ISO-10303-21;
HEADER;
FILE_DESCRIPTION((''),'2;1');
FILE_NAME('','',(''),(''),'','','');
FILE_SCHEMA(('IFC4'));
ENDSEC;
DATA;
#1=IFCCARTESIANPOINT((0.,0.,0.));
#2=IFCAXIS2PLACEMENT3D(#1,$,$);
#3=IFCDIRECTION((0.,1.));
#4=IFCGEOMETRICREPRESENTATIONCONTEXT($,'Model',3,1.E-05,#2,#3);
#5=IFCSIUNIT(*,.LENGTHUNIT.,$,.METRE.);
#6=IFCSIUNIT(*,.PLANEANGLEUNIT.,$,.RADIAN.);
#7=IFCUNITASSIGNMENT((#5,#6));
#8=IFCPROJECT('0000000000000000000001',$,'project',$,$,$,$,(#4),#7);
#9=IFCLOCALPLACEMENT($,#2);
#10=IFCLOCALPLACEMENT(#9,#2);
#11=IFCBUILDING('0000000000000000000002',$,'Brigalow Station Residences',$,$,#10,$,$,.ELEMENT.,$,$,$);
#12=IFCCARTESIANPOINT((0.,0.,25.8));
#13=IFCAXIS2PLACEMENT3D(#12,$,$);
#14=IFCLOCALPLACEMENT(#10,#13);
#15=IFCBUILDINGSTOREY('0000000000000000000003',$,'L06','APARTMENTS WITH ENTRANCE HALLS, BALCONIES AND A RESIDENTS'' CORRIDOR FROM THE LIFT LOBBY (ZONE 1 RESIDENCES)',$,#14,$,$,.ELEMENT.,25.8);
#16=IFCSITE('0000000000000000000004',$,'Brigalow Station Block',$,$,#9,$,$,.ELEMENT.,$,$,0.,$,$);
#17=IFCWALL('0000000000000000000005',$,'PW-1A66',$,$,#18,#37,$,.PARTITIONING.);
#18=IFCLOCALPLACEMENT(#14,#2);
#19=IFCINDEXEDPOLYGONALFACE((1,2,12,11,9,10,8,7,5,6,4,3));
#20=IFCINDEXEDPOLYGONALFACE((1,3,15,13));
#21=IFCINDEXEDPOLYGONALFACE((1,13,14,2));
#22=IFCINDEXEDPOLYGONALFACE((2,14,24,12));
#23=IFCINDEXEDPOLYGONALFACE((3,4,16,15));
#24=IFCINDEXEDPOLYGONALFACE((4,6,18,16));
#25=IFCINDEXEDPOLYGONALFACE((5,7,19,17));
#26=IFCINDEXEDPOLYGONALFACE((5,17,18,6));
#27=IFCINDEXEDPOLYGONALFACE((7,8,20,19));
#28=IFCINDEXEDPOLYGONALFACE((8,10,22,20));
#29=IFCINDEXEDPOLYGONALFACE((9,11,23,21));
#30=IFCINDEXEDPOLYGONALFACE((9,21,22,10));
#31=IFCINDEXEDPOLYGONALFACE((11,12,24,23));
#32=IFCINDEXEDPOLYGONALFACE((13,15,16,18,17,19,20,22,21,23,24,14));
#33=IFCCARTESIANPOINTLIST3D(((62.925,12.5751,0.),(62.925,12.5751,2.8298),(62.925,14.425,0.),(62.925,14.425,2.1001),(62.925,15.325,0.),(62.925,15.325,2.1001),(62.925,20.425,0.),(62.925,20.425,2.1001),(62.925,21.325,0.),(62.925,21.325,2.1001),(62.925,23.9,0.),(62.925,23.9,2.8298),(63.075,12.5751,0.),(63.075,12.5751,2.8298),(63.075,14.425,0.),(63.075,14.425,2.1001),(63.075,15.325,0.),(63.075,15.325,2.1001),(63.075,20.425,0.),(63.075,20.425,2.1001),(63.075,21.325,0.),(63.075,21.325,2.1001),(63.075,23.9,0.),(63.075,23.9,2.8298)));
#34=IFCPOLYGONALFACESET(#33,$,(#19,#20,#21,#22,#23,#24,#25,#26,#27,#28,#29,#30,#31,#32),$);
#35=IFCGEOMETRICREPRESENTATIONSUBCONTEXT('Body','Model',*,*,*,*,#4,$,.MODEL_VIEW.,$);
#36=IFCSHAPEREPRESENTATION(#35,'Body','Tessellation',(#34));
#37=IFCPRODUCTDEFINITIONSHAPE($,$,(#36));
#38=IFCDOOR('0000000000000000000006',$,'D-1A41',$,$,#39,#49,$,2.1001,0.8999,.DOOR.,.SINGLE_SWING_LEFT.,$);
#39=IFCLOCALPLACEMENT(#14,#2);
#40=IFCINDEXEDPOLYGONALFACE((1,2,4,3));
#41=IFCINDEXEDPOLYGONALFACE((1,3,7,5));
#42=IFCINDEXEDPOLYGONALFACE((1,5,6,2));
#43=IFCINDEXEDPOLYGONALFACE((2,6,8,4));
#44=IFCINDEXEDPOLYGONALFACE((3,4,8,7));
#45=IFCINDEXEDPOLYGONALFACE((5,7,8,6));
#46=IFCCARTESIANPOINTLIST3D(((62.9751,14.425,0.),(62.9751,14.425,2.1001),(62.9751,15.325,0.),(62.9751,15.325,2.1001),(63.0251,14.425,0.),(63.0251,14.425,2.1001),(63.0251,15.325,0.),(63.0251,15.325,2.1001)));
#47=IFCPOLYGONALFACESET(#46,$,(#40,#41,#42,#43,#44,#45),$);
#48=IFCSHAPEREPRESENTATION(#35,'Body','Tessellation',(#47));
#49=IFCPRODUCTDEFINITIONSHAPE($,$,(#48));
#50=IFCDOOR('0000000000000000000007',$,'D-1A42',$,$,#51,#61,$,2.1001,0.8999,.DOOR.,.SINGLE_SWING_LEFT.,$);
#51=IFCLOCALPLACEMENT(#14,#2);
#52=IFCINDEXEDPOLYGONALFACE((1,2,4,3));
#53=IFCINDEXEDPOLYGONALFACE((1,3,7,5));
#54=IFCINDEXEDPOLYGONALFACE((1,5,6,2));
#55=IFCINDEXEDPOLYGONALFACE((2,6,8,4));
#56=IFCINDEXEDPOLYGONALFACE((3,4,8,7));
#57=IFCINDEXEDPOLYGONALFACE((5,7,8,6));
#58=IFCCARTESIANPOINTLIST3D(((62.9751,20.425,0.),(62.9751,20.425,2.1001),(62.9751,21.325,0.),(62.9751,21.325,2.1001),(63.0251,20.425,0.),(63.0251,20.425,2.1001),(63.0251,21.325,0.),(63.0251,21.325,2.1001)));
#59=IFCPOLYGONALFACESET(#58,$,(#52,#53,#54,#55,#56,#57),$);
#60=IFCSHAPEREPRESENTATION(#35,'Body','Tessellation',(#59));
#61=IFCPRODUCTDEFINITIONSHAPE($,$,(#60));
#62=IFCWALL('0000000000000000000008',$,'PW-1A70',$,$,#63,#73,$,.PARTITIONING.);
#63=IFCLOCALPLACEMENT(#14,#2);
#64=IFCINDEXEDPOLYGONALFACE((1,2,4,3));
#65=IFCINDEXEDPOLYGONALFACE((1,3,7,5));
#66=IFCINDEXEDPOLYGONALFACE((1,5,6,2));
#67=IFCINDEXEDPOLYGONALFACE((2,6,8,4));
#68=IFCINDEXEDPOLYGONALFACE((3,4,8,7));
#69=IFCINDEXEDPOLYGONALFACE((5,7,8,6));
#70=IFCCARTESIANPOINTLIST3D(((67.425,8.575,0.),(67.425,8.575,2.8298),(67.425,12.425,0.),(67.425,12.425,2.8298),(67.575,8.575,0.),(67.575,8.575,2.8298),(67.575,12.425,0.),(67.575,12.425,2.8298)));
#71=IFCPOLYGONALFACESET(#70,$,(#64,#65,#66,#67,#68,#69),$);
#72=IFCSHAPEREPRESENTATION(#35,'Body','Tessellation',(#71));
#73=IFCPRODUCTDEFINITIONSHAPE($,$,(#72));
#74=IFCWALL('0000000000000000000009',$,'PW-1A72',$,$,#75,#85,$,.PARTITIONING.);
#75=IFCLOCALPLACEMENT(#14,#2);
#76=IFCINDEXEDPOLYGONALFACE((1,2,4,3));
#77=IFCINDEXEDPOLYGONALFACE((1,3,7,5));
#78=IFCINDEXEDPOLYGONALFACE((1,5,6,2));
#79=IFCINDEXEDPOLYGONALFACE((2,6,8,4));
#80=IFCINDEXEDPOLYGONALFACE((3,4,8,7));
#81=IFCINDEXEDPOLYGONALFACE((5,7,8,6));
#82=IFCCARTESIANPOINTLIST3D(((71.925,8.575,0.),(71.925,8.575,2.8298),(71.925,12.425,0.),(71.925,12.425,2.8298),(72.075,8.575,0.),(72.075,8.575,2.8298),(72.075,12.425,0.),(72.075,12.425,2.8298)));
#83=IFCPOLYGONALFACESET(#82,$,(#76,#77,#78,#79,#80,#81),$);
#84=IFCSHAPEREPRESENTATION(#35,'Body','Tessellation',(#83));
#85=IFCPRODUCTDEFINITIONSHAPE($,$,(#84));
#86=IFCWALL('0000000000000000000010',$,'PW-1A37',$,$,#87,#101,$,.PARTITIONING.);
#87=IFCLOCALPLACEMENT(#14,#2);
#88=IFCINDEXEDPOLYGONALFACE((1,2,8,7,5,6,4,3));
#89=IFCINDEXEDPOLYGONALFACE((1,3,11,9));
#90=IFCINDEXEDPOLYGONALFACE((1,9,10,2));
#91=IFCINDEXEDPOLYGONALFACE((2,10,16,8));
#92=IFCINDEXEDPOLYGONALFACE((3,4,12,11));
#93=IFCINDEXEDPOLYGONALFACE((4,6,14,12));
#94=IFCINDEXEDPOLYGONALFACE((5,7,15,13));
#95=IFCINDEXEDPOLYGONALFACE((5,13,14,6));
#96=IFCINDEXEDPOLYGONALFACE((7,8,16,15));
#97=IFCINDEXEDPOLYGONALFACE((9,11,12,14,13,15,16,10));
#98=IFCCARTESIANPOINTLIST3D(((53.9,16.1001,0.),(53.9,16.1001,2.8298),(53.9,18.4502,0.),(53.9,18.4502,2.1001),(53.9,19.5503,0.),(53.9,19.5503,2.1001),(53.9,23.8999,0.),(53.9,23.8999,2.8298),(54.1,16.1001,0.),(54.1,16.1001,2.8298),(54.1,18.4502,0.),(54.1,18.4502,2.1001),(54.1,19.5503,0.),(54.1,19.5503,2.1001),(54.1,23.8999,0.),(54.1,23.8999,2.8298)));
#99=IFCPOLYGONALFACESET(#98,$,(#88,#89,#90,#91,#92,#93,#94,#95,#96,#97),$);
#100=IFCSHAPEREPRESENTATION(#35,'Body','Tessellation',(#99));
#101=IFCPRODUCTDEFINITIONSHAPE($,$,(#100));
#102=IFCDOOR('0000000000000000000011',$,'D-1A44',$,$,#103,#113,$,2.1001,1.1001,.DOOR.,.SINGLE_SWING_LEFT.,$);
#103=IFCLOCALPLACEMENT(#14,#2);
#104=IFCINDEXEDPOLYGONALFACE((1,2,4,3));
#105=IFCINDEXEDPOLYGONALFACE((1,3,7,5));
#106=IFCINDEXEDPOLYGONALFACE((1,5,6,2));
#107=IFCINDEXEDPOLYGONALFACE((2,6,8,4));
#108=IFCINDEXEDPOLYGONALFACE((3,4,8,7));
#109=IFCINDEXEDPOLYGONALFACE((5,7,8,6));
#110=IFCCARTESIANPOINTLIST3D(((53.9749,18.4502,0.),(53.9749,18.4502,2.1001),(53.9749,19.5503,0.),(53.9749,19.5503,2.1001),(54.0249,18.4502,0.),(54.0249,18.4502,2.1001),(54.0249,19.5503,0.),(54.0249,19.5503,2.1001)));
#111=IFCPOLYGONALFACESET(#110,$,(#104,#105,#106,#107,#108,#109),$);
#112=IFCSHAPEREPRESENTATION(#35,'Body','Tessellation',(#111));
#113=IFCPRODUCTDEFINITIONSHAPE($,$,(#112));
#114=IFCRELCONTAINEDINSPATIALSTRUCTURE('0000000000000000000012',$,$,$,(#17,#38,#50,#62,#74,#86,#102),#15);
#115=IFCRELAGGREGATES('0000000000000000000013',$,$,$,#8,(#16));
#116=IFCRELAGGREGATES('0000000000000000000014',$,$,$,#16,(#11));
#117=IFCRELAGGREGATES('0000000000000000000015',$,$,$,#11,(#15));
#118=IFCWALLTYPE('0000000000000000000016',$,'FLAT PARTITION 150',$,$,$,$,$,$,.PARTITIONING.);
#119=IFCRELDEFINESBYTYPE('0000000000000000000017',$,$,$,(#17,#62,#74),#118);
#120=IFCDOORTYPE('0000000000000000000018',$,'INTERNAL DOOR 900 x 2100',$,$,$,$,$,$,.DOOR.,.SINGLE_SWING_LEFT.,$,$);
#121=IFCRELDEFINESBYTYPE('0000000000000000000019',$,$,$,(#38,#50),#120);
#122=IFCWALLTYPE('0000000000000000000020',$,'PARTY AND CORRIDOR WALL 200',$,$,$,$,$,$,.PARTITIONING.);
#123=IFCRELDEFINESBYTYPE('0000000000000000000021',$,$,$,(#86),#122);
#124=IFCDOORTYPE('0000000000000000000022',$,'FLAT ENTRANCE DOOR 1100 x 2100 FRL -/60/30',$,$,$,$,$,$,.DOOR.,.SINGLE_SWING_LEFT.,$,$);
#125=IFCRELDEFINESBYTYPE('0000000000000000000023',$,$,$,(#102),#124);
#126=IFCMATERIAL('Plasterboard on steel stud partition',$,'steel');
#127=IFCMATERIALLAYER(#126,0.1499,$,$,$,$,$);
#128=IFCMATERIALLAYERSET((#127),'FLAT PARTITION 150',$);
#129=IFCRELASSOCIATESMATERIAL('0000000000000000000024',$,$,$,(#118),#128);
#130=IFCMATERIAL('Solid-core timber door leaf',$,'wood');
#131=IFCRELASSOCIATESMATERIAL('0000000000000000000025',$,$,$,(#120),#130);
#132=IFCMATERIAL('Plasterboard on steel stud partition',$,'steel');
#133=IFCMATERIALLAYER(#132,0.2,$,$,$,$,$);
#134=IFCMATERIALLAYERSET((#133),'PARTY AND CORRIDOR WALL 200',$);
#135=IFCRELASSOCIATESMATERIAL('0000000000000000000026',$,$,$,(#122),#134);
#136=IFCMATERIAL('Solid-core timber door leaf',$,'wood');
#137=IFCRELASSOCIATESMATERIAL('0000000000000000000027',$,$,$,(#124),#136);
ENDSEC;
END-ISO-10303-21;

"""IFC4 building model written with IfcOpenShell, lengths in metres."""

from ifc_helpers import new_model, si_unit, direction, frame, frame_2d, origin, place, context, subcontext, project, spatial, rectangle, extrude, material, layer, layer_set, type_object, element, fill, save


model = new_model("IFC4")

# Units and contexts
model_context = context("Model", 3, precision=1e-05, world=origin(), true_north=direction((0.0, 1.0)))
body_context = subcontext(model_context, "Body", "Model", "MODEL_VIEW")
ifc_project = project(units=[si_unit("LENGTHUNIT", "METRE"), si_unit("PLANEANGLEUNIT", "RADIAN")], contexts=[model_context])

# Site, building, storey
site_placement = place(None, origin())
site = spatial("IfcSite", under=ifc_project, at=site_placement, Name="Brigalow Station Block", CompositionType="ELEMENT", RefElevation=0.0)
building_placement = place(site_placement, origin())
building = spatial("IfcBuilding", under=site, at=building_placement, Name="Brigalow Station Residences", CompositionType="ELEMENT")
storey_placement = place(building_placement, frame((0.0, 0.0, 25.8)))
storey = spatial("IfcBuildingStorey", under=building, at=storey_placement, Name="L06", Description="APARTMENTS WITH ENTRANCE HALLS, BALCONIES AND A RESIDENTS' CORRIDOR FROM THE LIFT LOBBY (ZONE 1 RESIDENCES)", CompositionType="ELEMENT", Elevation=25.8)

# Shared definitions
ifc_material_1 = material(Name="Plasterboard on steel stud partition", Category="steel")
ifc_layer_1 = layer(ifc_material_1, 0.1499)
ifc_layer_set_1 = layer_set([ifc_layer_1], Name="FLAT PARTITION 150")
wall_type_1 = type_object("IfcWallType", Name="FLAT PARTITION 150", PredefinedType="PARTITIONING", material=ifc_layer_set_1)

# Shared definitions
ifc_material_2 = material(Name="Solid-core timber door leaf", Category="wood")
door_type_1 = type_object("IfcDoorType", Name="INTERNAL DOOR 900 x 2100", OperationType="SINGLE_SWING_LEFT", PredefinedType="DOOR", material=ifc_material_2)

# Wall, openings, doors
wall_1_placement = place(storey_placement, frame((63.0, 12.575, 0.0), z_axis=(0.0, 0.0, 1.0), x_axis=(0.0, 1.0, 0.0)))
wall_1 = element("IfcWall", 1, at=wall_1_placement, inside=storey, type_object=wall_type_1, Name="PW-1A66", PredefinedType="PARTITIONING", context=body_context, shape_type="SweptSolid", body=[
    extrude(rectangle(XDim=11.325, YDim=0.1499, at=frame_2d((5.6626, 0.0))), origin(), (0.0, 0.0, 1.0), 2.8298),
])
opening_1_placement = place(wall_1_placement, frame((1.8501, 0.0, 0.0)))
opening_1 = element("IfcOpeningElement", 2, at=opening_1_placement, cuts=wall_1, PredefinedType="OPENING", context=body_context, shape_type="SweptSolid", body=[
    extrude(rectangle(XDim=0.8999, YDim=2.1001, at=frame_2d((0.45, 1.05))), frame((0.0, 0.085, 0.0), z_axis=(0.0, -1.0, 0.0), x_axis=(1.0, 0.0, 0.0)), (0.0, 0.0, 1.0), 0.1699),
])
opening_2_placement = place(wall_1_placement, frame((7.8501, 0.0, 0.0)))
opening_2 = element("IfcOpeningElement", 3, at=opening_2_placement, cuts=wall_1, PredefinedType="OPENING", context=body_context, shape_type="SweptSolid", body=[
    extrude(rectangle(XDim=0.8999, YDim=2.1001, at=frame_2d((0.45, 1.05))), frame((0.0, 0.085, 0.0), z_axis=(0.0, -1.0, 0.0), x_axis=(1.0, 0.0, 0.0)), (0.0, 0.0, 1.0), 0.1699),
])
door_1_placement = place(opening_1_placement, origin())
door_1 = element("IfcDoor", 4, at=door_1_placement, inside=storey, type_object=door_type_1, Name="D-1A41", OperationType="SINGLE_SWING_LEFT", OverallHeight=2.1001, OverallWidth=0.8999, PredefinedType="DOOR", context=body_context, shape_type="SweptSolid", body=[
    extrude(rectangle(XDim=0.8999, YDim=2.1001, at=frame_2d((0.45, 1.05))), frame((0.0, 0.0249, 0.0), z_axis=(0.0, -1.0, 0.0), x_axis=(1.0, 0.0, 0.0)), (0.0, 0.0, 1.0), 0.05),
])
fill(opening_1, door_1)
door_2_placement = place(opening_2_placement, origin())
door_2 = element("IfcDoor", 5, at=door_2_placement, inside=storey, type_object=door_type_1, Name="D-1A42", OperationType="SINGLE_SWING_LEFT", OverallHeight=2.1001, OverallWidth=0.8999, PredefinedType="DOOR", context=body_context, shape_type="SweptSolid", body=[
    extrude(rectangle(XDim=0.8999, YDim=2.1001, at=frame_2d((0.45, 1.05))), frame((0.0, 0.0249, 0.0), z_axis=(0.0, -1.0, 0.0), x_axis=(1.0, 0.0, 0.0)), (0.0, 0.0, 1.0), 0.05),
])
fill(opening_2, door_2)

# Walls
for number, where, z_axis, x_axis, name in (
    (6, (67.5, 8.575, 0.0), (0.0, 0.0, 1.0), (0.0, 1.0, 0.0), "PW-1A70"),
    (7, (72.0, 8.575, 0.0), (0.0, 0.0, 1.0), (0.0, 1.0, 0.0), "PW-1A72"),
):
    element("IfcWall", number, at=place(storey_placement, frame(where, z_axis=z_axis, x_axis=x_axis)), inside=storey, type_object=wall_type_1, Name=name, PredefinedType="PARTITIONING", context=body_context, shape_type="SweptSolid", body=[
        extrude(rectangle(XDim=3.8501, YDim=0.1499, at=frame_2d((1.925, 0.0))), origin(), (0.0, 0.0, 1.0), 2.8298),
    ])

# Wall, opening, door
ifc_material_3 = material(Name="Plasterboard on steel stud partition", Category="steel")
ifc_layer_2 = layer(ifc_material_3, 0.2)
ifc_layer_set_2 = layer_set([ifc_layer_2], Name="PARTY AND CORRIDOR WALL 200")
wall_type_2 = type_object("IfcWallType", Name="PARTY AND CORRIDOR WALL 200", PredefinedType="PARTITIONING", material=ifc_layer_set_2)
wall_2_placement = place(storey_placement, frame((54.0, 16.1001, 0.0), z_axis=(0.0, 0.0, 1.0), x_axis=(0.0, 1.0, 0.0)))
wall_2 = element("IfcWall", 8, at=wall_2_placement, inside=storey, type_object=wall_type_2, Name="PW-1A37", PredefinedType="PARTITIONING", context=body_context, shape_type="SweptSolid", body=[
    extrude(rectangle(XDim=7.7998, YDim=0.2, at=frame_2d((3.8999, 0.0))), origin(), (0.0, 0.0, 1.0), 2.8298),
])
opening_3_placement = place(wall_2_placement, frame((2.3501, 0.0, 0.0)))
opening_3 = element("IfcOpeningElement", 9, at=opening_3_placement, cuts=wall_2, PredefinedType="OPENING", context=body_context, shape_type="SweptSolid", body=[
    extrude(rectangle(XDim=1.1001, YDim=2.1001, at=frame_2d((0.55, 1.05))), frame((0.0, 0.1099, 0.0), z_axis=(0.0, -1.0, 0.0), x_axis=(1.0, 0.0, 0.0)), (0.0, 0.0, 1.0), 0.22),
])
ifc_material_4 = material(Name="Solid-core timber door leaf", Category="wood")
door_type_2 = type_object("IfcDoorType", Name="FLAT ENTRANCE DOOR 1100 x 2100 FRL -/60/30", OperationType="SINGLE_SWING_LEFT", PredefinedType="DOOR", material=ifc_material_4)
door_3_placement = place(opening_3_placement, frame((1.1001, 0.0, 0.0), z_axis=(0.0, 0.0, 1.0), x_axis=(-1.0, 0.0, 0.0)))
door_3 = element("IfcDoor", 10, at=door_3_placement, inside=storey, type_object=door_type_2, Name="D-1A44", OperationType="SINGLE_SWING_LEFT", OverallHeight=2.1001, OverallWidth=1.1001, PredefinedType="DOOR", context=body_context, shape_type="SweptSolid", body=[
    extrude(rectangle(XDim=1.1001, YDim=2.1001, at=frame_2d((0.55, 1.05))), frame((0.0, 0.0249, 0.0), z_axis=(0.0, -1.0, 0.0), x_axis=(1.0, 0.0, 0.0)), (0.0, 0.0, 1.0), 0.05),
])
fill(opening_3, door_3)

save(model, "model.ifc")
